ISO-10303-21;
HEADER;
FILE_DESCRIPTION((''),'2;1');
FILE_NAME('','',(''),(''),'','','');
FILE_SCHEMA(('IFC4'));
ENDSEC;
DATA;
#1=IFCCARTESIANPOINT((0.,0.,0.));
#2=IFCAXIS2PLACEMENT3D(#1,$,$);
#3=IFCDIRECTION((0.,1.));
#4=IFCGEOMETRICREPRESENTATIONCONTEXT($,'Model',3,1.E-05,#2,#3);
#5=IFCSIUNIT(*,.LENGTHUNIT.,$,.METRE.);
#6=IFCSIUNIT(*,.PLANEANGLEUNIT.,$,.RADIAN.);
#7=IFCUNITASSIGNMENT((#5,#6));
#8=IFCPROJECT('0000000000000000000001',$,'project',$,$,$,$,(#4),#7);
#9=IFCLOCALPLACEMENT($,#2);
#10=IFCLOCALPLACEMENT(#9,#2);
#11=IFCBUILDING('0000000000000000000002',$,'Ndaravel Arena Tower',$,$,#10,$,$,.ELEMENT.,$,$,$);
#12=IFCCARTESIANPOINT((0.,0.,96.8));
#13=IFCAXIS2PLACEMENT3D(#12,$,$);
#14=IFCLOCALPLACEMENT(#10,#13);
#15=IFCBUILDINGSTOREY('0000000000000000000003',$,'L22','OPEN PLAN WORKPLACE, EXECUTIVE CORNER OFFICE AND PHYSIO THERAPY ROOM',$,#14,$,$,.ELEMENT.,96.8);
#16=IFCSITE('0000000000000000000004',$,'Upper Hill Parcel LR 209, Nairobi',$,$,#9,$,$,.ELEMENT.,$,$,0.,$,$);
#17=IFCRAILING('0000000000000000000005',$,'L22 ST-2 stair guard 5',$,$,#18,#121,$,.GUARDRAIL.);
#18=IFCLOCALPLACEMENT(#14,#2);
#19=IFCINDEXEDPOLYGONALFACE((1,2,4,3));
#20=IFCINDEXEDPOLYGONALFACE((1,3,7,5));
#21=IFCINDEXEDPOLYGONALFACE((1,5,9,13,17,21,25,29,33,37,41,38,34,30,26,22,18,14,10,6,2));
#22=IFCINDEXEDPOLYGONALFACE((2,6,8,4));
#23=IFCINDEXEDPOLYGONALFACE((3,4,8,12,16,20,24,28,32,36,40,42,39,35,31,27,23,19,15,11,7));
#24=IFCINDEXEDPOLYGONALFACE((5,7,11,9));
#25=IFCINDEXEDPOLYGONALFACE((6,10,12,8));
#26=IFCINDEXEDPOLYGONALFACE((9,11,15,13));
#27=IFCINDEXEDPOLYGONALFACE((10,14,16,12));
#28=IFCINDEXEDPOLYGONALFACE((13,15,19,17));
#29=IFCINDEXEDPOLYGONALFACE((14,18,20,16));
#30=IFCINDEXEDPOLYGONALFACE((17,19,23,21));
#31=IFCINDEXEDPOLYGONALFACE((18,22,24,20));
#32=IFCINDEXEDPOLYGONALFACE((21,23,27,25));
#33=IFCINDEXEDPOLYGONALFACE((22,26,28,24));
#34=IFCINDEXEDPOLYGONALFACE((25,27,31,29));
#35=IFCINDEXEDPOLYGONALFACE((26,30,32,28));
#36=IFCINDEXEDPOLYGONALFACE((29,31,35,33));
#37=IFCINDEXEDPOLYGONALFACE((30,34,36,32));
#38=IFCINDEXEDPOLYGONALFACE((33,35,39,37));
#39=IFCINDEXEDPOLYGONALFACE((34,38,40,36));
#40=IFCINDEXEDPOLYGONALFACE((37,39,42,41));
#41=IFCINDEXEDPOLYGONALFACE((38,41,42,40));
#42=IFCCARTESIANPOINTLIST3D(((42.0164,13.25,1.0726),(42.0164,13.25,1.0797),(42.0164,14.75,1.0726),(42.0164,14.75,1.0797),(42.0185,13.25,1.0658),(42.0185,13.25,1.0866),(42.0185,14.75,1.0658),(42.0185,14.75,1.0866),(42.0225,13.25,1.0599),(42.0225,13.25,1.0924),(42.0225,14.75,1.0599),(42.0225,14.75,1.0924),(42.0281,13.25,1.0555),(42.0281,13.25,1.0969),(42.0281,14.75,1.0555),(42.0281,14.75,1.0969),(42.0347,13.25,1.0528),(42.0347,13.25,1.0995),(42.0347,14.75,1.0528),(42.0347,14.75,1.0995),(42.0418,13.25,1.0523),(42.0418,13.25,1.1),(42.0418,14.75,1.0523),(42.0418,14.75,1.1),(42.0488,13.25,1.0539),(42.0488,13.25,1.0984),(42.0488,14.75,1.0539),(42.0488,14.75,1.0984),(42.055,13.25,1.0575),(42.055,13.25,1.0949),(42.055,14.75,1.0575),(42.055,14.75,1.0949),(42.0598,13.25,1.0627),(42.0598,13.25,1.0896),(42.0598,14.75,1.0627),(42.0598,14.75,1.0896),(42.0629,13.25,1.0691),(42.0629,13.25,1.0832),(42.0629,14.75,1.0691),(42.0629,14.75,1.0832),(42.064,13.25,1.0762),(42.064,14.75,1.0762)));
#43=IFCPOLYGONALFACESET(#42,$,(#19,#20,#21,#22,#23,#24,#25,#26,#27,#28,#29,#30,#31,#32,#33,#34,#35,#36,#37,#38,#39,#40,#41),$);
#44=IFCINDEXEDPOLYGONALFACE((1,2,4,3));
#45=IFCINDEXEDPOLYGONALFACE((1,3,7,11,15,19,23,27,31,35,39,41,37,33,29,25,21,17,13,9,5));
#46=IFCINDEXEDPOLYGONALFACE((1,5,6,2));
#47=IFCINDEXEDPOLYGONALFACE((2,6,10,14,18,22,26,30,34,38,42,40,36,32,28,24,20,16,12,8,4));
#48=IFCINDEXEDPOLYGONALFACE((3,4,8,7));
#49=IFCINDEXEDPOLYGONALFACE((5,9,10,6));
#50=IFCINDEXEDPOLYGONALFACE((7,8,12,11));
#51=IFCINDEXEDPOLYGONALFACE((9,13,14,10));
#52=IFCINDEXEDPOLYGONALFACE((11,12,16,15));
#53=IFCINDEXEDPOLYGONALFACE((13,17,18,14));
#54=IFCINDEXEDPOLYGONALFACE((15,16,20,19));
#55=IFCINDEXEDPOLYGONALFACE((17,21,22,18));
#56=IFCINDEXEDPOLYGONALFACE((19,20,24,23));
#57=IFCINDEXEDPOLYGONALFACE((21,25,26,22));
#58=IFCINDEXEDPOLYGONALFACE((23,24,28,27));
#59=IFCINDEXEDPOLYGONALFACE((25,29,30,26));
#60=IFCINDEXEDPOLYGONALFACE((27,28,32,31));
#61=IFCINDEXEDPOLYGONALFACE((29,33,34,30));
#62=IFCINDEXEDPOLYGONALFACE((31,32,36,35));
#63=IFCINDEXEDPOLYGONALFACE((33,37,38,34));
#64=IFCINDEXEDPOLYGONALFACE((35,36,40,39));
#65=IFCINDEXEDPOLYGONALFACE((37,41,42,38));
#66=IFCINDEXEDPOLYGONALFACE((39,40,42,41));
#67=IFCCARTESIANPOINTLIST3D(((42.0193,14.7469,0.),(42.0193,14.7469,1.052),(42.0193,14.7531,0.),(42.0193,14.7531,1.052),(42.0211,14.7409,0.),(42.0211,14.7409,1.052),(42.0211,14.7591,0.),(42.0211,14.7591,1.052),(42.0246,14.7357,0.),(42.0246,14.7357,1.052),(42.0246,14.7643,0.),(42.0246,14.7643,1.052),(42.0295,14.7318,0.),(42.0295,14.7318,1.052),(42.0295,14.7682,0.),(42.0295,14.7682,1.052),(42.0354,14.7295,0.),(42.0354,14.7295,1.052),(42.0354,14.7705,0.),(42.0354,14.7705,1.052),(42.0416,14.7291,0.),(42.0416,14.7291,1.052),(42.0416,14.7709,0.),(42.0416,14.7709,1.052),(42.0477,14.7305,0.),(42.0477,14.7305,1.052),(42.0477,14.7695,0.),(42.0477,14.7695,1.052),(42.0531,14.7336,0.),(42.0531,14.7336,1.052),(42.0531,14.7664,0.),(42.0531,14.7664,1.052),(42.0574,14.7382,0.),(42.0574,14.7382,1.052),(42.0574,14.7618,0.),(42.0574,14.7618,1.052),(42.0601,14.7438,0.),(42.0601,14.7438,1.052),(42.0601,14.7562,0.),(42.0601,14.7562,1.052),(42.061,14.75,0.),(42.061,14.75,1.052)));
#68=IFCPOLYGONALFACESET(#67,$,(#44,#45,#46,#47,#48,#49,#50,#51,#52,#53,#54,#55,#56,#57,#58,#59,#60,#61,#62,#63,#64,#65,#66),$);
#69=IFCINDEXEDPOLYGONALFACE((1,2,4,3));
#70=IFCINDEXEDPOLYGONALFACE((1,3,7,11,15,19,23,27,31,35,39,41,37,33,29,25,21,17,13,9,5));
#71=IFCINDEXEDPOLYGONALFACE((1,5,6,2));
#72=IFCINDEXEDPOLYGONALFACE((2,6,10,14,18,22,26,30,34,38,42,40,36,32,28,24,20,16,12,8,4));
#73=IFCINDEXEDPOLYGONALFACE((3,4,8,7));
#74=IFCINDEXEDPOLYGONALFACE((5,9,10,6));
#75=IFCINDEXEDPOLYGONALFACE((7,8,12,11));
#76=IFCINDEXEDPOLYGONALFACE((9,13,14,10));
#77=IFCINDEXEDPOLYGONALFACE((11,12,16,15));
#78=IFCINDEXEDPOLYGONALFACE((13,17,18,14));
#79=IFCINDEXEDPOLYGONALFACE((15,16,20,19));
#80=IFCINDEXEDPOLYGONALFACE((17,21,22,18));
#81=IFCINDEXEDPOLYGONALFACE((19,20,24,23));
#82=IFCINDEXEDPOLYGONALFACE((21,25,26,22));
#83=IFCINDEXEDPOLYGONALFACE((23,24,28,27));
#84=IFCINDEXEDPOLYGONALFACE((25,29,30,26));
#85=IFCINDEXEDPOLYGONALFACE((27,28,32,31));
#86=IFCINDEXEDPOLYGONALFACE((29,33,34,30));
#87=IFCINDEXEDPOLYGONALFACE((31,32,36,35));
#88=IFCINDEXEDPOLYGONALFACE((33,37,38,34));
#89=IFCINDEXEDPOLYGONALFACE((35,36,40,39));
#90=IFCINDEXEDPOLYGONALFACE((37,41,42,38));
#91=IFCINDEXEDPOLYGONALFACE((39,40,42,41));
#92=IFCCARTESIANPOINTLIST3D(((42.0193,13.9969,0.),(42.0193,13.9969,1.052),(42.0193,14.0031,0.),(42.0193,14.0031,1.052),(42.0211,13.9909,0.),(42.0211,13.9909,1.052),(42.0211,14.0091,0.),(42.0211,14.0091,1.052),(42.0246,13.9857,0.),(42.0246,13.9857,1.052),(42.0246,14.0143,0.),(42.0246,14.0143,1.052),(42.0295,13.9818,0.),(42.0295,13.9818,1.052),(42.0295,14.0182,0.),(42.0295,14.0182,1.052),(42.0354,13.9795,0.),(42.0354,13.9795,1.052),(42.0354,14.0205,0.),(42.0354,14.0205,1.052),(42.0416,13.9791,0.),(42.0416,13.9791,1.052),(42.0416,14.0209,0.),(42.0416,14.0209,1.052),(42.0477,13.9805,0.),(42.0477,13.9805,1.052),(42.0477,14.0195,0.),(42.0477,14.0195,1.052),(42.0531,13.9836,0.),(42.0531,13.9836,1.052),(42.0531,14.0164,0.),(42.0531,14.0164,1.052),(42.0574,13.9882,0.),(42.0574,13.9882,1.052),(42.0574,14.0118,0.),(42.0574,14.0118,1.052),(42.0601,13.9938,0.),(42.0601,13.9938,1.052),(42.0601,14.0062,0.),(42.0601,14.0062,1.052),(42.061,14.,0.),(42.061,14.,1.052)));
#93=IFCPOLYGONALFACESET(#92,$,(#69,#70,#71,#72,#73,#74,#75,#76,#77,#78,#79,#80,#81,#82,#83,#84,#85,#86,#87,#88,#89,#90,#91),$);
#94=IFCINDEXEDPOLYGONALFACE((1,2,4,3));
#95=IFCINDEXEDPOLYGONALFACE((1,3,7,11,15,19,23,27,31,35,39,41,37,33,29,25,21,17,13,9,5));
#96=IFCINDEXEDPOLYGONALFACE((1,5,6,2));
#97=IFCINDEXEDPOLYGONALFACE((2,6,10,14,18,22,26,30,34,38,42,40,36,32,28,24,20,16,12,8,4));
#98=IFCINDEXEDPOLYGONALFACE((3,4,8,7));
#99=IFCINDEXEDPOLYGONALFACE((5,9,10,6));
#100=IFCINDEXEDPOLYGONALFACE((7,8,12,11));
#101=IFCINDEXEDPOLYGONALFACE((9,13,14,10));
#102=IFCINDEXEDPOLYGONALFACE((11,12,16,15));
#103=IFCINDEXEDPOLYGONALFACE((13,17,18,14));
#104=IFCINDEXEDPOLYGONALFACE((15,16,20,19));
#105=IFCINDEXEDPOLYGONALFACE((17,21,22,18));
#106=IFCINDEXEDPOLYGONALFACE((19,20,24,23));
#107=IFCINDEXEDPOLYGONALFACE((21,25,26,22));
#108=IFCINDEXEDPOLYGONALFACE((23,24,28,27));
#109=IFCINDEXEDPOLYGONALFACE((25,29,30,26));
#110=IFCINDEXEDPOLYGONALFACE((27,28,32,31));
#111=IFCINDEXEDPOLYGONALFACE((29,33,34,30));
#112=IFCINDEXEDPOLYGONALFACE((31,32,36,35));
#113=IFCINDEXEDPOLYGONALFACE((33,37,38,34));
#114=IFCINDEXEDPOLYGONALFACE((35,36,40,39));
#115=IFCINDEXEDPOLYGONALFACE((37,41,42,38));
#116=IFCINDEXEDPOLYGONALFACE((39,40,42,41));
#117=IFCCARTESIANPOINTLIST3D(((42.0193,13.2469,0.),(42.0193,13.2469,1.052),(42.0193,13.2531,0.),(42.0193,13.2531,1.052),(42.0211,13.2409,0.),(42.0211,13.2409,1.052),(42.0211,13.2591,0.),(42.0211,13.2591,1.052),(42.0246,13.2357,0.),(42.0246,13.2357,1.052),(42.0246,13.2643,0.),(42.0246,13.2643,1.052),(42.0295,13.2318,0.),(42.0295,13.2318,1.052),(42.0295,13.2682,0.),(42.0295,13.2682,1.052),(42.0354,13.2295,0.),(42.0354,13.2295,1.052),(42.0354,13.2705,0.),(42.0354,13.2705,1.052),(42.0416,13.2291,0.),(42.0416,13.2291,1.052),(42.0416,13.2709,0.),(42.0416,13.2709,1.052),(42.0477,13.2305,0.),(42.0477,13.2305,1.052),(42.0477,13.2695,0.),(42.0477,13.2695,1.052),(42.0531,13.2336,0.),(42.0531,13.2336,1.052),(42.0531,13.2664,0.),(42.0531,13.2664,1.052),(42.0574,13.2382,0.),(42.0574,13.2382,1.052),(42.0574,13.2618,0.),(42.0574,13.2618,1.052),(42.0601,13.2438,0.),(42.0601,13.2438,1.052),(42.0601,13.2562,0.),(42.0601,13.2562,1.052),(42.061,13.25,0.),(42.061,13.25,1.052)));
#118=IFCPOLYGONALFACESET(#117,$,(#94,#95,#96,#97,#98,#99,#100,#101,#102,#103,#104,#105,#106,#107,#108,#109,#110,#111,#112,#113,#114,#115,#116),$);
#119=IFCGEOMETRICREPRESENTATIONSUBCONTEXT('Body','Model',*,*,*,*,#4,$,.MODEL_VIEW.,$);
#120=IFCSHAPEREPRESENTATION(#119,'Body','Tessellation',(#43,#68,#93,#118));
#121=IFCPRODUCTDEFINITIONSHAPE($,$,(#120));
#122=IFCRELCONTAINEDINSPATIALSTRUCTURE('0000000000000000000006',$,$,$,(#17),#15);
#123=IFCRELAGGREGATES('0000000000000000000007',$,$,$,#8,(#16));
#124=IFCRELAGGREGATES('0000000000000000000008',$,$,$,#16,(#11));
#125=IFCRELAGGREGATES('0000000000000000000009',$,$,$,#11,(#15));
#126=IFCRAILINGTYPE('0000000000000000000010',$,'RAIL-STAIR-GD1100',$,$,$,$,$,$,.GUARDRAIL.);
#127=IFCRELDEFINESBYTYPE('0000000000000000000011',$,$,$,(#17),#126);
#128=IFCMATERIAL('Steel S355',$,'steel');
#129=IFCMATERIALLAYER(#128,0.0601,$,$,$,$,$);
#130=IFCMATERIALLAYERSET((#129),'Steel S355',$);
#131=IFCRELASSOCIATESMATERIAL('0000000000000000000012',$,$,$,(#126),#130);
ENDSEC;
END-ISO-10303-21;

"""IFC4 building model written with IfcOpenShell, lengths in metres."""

from ifc_helpers import new_model, si_unit, direction, frame, origin, origin_2d, place, context, subcontext, project, spatial, circle, extrude, material, layer, layer_set, type_object, element, save


model = new_model("IFC4")

# Units and contexts
model_context = context("Model", 3, precision=1e-05, world=origin(), true_north=direction((0.0, 1.0)))
body_context = subcontext(model_context, "Body", "Model", "MODEL_VIEW")
ifc_project = project(units=[si_unit("LENGTHUNIT", "METRE"), si_unit("PLANEANGLEUNIT", "RADIAN")], contexts=[model_context])

# Site, building, storey
site_placement = place(None, origin())
site = spatial("IfcSite", under=ifc_project, at=site_placement, Name="Upper Hill Parcel LR 209, Nairobi", CompositionType="ELEMENT", RefElevation=0.0)
building_placement = place(site_placement, origin())
building = spatial("IfcBuilding", under=site, at=building_placement, Name="Ndaravel Arena Tower", CompositionType="ELEMENT")
storey_placement = place(building_placement, frame((0.0, 0.0, 96.8)))
storey = spatial("IfcBuildingStorey", under=building, at=storey_placement, Name="L22", Description="OPEN PLAN WORKPLACE, EXECUTIVE CORNER OFFICE AND PHYSIO THERAPY ROOM", CompositionType="ELEMENT", Elevation=96.8)

# Railing
ifc_material_1 = material(Name="Steel S355", Category="steel")
ifc_layer_1 = layer(ifc_material_1, 0.0601)
ifc_layer_set_1 = layer_set([ifc_layer_1], Name="Steel S355")
railing_type = type_object("IfcRailingType", Name="RAIL-STAIR-GD1100", PredefinedType="GUARDRAIL", material=ifc_layer_set_1)
for number, where, name in (
    (1, (42.04, 14.75, 0.0), "L22 ST-2 stair guard 5"),
):
    element("IfcRailing", number, at=place(storey_placement, frame(where)), inside=storey, type_object=railing_type, Name=name, PredefinedType="GUARDRAIL", context=body_context, shape_type="SweptSolid", body=[
        extrude(circle(Radius=0.0239, at=origin_2d()), frame((0.0, 0.0, 1.0762), z_axis=(0.0, -1.0, 0.0), x_axis=(1.0, 0.0, 0.0)), (0.0, 0.0, 1.0), 1.5),
        extrude(circle(Radius=0.021, at=origin_2d()), origin(), (0.0, 0.0, 1.0), 1.052),
        extrude(circle(Radius=0.021, at=origin_2d()), frame((0.0, -0.75, 0.0)), (0.0, 0.0, 1.0), 1.052),
        extrude(circle(Radius=0.021, at=origin_2d()), frame((0.0, -1.5, 0.0)), (0.0, 0.0, 1.0), 1.052),
    ])

save(model, "model.ifc")
